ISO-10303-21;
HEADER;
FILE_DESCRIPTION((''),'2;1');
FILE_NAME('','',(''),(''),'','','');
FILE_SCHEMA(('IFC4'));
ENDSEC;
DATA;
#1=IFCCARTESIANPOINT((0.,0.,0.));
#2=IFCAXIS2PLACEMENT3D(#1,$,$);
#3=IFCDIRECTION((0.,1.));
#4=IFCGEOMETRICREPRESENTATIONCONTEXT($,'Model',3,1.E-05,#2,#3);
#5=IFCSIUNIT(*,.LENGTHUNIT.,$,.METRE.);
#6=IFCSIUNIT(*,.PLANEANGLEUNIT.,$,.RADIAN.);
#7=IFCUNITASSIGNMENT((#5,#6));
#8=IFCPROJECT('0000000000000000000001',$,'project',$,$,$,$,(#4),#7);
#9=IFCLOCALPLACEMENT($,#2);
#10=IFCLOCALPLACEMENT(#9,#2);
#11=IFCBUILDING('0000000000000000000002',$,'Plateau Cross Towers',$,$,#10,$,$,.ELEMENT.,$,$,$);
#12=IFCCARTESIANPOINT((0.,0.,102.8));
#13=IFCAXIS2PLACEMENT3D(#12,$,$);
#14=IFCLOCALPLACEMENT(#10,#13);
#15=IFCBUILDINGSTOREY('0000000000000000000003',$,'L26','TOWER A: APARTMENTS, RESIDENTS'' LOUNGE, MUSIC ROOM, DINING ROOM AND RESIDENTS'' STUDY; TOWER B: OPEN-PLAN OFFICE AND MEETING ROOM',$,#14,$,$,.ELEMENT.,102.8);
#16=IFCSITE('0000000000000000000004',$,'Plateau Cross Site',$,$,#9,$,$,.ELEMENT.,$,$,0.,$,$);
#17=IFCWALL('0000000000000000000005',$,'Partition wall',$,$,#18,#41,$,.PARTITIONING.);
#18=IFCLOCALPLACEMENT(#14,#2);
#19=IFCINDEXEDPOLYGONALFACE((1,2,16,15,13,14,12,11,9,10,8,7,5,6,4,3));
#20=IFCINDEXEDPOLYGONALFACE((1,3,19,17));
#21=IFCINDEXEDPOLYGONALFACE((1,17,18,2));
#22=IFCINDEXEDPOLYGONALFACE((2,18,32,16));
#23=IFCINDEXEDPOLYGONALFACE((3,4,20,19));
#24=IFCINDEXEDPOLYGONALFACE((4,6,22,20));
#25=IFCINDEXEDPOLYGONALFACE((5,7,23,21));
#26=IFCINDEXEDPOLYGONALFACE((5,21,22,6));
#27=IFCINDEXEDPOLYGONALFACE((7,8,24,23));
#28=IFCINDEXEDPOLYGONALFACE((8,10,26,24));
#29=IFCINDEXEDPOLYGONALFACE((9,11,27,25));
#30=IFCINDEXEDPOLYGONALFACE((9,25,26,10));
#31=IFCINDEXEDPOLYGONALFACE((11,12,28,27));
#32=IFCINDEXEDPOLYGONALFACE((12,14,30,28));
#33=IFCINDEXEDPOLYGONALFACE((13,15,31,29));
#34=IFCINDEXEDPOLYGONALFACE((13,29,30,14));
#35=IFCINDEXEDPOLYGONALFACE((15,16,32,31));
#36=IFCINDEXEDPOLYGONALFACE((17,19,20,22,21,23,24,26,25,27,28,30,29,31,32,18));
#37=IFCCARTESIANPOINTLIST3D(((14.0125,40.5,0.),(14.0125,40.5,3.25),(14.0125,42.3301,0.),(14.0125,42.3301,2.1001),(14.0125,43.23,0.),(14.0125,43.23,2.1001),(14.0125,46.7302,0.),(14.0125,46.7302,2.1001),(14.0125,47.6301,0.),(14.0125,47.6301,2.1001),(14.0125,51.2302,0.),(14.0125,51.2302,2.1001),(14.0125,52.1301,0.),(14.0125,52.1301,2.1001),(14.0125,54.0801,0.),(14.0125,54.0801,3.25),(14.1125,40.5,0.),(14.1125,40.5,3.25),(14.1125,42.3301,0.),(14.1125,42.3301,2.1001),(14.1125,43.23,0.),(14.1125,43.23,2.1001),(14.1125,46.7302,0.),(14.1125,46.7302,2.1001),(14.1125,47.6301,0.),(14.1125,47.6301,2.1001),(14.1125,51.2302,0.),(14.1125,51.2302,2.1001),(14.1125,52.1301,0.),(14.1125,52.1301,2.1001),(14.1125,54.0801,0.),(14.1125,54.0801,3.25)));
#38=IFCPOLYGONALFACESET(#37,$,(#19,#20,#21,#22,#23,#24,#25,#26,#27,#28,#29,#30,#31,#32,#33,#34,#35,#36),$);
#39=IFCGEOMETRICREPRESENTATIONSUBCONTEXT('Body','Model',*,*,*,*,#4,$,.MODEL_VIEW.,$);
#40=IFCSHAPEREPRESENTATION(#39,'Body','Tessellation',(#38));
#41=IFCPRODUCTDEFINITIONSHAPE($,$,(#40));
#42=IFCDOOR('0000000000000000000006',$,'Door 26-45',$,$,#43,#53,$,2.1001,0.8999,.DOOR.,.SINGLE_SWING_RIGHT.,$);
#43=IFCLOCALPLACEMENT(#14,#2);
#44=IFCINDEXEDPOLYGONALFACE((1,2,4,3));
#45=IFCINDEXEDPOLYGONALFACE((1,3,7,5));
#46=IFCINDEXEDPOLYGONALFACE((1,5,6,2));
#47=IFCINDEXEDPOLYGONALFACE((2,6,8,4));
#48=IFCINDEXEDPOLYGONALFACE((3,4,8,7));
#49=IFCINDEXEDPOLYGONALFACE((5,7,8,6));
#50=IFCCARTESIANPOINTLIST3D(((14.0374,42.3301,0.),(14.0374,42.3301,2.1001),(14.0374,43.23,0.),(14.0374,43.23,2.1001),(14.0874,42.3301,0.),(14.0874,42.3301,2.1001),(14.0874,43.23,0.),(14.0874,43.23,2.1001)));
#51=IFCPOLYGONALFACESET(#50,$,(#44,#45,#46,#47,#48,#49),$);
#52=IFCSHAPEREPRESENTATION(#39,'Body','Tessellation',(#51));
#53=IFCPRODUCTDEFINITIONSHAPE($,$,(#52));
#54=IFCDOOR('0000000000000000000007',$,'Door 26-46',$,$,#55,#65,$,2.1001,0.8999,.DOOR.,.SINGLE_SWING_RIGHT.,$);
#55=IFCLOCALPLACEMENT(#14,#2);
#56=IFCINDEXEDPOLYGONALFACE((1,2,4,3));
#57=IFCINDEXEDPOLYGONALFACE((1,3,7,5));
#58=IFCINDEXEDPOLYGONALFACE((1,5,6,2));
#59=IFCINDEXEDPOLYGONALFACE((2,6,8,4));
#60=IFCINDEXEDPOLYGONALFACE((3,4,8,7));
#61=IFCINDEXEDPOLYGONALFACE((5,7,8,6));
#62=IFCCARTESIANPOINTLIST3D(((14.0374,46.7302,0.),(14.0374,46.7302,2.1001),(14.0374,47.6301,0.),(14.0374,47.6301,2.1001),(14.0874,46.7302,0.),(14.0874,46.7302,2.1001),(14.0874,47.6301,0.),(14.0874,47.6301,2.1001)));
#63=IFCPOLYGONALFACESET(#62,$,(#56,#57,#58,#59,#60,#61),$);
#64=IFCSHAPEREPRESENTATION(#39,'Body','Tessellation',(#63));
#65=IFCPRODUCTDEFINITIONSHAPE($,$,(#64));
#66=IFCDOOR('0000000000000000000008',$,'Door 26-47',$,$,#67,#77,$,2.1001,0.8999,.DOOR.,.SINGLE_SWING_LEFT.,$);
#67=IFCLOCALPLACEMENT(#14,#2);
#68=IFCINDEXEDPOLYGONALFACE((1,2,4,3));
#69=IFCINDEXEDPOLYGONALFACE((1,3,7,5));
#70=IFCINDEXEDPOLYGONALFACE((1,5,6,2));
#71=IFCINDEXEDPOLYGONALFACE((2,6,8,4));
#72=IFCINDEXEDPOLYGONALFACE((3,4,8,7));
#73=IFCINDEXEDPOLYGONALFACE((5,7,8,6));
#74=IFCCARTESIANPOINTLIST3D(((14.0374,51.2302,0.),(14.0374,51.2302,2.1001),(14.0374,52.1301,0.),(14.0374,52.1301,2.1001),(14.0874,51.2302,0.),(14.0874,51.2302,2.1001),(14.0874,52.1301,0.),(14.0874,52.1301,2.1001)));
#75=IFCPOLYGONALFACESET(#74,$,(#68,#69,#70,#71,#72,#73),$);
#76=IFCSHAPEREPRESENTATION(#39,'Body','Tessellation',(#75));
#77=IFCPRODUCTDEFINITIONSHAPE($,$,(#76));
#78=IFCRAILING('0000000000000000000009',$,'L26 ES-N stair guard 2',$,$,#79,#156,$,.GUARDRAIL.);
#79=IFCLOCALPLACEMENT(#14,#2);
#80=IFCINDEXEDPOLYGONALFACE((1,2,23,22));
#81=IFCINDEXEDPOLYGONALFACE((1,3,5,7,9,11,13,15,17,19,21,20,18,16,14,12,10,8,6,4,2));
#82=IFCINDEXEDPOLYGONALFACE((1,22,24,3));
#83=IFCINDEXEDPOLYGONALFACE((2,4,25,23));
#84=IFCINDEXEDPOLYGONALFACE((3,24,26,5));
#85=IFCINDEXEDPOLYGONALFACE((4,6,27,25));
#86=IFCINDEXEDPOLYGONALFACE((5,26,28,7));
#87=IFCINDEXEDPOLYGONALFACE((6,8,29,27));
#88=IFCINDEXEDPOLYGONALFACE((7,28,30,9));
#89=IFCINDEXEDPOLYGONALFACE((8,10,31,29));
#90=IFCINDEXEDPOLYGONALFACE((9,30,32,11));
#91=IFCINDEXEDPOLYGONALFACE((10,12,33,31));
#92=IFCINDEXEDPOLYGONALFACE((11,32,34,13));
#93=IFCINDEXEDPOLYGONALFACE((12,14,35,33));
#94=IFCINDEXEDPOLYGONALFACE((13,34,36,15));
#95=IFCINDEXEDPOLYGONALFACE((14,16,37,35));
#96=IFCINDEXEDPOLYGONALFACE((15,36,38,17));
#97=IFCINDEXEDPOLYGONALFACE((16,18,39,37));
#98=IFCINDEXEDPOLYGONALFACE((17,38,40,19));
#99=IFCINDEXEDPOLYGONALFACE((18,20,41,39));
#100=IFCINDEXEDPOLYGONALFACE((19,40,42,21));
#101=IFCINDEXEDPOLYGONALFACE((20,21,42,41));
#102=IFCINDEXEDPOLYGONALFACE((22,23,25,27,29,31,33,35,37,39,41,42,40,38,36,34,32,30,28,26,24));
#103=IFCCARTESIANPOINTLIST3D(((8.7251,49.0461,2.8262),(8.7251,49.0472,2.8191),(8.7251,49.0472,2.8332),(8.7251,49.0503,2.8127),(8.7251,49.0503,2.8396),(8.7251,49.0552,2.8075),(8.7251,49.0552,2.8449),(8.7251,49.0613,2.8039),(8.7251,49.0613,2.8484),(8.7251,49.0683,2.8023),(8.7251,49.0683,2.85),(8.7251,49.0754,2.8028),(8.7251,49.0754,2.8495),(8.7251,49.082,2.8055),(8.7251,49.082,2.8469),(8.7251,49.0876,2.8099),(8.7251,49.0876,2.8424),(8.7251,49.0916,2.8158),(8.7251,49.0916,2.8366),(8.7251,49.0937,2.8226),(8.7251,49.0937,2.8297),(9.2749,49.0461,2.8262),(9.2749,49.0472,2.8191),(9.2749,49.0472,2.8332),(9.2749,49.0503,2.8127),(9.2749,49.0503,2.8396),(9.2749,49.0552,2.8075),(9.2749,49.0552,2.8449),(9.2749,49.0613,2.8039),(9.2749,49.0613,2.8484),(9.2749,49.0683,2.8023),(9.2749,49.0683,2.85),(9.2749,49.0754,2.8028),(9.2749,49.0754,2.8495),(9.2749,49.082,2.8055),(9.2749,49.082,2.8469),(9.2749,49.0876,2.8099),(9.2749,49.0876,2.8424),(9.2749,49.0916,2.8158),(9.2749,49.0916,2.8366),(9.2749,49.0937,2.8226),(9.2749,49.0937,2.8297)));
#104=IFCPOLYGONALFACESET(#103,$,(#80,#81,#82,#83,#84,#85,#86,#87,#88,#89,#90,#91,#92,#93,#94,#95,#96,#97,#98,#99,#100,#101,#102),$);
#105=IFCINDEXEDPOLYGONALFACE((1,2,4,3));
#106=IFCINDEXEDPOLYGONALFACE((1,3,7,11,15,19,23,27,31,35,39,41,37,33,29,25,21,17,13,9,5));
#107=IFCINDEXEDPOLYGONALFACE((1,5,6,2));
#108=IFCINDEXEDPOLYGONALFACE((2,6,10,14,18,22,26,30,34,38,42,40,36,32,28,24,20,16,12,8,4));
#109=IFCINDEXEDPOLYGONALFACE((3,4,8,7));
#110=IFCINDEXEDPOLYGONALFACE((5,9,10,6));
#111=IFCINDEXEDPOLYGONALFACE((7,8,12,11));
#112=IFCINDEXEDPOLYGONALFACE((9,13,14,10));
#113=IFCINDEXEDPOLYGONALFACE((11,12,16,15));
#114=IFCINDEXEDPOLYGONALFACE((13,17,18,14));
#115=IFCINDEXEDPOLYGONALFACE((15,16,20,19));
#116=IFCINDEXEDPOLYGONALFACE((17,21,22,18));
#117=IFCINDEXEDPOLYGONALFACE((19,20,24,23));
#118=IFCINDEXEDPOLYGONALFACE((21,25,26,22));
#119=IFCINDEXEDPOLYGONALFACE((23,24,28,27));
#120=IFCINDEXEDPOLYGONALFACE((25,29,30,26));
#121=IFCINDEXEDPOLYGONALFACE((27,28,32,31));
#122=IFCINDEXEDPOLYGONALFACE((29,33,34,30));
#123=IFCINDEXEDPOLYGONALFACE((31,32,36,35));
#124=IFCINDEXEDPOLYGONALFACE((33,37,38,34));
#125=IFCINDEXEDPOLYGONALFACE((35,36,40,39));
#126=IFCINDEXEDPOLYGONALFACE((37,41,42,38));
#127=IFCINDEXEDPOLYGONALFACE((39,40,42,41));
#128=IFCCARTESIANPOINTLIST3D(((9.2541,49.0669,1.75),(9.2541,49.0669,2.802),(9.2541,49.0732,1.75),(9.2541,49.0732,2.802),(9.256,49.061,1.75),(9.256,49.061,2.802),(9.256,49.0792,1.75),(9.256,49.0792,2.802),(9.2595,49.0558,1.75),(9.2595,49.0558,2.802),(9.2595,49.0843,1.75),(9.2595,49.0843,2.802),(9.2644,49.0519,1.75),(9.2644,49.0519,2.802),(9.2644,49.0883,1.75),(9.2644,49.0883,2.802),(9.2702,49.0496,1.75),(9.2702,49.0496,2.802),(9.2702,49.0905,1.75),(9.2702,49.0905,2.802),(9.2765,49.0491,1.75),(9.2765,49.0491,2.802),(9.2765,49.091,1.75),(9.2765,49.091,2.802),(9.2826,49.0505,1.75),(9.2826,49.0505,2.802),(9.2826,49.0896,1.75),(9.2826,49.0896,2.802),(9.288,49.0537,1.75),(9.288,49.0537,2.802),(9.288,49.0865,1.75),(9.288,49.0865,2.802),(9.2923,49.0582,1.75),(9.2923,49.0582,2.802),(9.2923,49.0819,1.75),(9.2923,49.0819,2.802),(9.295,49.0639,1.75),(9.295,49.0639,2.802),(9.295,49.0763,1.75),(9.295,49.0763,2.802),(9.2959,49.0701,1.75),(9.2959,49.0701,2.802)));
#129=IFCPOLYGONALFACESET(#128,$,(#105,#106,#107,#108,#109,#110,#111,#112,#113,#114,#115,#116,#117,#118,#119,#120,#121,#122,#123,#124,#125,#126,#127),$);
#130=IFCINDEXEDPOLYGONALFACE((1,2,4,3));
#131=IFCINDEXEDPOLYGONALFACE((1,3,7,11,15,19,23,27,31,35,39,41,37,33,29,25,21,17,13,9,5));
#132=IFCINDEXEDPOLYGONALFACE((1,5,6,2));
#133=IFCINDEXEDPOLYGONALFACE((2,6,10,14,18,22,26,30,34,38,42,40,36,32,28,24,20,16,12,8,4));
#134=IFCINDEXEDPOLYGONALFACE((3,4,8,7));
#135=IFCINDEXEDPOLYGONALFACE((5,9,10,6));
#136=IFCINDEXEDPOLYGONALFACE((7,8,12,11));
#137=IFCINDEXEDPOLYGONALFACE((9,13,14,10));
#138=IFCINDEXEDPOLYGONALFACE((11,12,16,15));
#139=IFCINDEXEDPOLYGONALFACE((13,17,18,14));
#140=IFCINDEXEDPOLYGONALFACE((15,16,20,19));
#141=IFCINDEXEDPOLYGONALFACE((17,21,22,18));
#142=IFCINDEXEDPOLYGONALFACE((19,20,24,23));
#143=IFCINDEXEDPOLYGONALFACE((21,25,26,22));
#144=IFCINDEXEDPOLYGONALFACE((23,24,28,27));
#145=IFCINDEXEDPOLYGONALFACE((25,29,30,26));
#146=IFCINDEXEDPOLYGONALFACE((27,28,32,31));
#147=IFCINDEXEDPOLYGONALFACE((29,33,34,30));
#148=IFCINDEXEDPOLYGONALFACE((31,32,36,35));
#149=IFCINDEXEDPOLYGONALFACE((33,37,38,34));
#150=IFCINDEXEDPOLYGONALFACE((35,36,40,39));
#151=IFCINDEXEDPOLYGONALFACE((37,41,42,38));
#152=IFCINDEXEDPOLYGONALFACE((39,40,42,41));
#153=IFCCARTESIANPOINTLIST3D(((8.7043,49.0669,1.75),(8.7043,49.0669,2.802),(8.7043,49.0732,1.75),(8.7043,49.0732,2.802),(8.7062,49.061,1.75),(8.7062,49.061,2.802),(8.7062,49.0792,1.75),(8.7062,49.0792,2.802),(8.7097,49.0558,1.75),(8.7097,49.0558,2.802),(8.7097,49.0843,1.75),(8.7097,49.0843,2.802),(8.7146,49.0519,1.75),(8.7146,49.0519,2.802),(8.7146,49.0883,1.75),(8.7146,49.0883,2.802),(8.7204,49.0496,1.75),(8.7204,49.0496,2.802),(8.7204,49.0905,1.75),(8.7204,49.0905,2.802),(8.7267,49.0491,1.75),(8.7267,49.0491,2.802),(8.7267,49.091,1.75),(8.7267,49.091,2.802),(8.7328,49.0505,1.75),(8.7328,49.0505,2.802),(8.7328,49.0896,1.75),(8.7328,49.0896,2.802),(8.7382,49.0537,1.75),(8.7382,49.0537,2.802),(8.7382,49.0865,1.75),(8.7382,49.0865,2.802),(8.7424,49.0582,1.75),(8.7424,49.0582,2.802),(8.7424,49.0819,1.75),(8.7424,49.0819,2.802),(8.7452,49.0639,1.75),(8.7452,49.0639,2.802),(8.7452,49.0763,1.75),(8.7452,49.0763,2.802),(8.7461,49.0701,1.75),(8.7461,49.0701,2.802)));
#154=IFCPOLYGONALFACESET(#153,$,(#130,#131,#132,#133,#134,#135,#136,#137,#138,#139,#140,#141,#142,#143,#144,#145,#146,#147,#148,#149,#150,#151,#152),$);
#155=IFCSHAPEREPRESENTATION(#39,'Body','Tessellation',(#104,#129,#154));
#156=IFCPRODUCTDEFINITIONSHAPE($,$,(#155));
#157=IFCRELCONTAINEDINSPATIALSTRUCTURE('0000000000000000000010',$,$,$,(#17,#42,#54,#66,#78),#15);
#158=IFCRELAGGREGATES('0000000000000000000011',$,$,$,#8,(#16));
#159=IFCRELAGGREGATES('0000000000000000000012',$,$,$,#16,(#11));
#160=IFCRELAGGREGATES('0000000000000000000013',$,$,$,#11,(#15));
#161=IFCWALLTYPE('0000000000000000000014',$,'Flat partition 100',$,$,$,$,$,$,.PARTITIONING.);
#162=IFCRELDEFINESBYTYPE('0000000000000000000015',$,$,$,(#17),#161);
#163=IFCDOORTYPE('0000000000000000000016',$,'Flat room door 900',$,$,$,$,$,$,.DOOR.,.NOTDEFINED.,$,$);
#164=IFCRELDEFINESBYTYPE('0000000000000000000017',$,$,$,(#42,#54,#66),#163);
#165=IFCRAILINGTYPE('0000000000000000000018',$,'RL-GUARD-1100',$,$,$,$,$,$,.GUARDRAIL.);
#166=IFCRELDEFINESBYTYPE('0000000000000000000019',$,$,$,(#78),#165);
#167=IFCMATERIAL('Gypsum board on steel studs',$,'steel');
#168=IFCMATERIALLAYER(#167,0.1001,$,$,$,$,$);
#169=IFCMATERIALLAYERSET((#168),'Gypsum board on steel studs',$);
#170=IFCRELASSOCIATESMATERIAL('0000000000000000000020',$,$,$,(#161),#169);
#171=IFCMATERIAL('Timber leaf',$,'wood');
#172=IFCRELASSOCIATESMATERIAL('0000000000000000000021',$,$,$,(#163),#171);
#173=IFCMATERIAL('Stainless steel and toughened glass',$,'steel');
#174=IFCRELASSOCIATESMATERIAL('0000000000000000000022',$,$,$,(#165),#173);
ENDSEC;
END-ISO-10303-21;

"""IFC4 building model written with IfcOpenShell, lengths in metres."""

from ifc_helpers import new_model, si_unit, direction, frame, frame_2d, origin, origin_2d, place, context, subcontext, project, spatial, rectangle, circle, extrude, material, layer, layer_set, type_object, element, fill, save


model = new_model("IFC4")

# Units and contexts
model_context = context("Model", 3, precision=1e-05, world=origin(), true_north=direction((0.0, 1.0)))
body_context = subcontext(model_context, "Body", "Model", "MODEL_VIEW")
ifc_project = project(units=[si_unit("LENGTHUNIT", "METRE"), si_unit("PLANEANGLEUNIT", "RADIAN")], contexts=[model_context])

# Site, building, storey
site_placement = place(None, origin())
site = spatial("IfcSite", under=ifc_project, at=site_placement, Name="Plateau Cross Site", CompositionType="ELEMENT", RefElevation=0.0)
building_placement = place(site_placement, origin())
building = spatial("IfcBuilding", under=site, at=building_placement, Name="Plateau Cross Towers", CompositionType="ELEMENT")
storey_placement = place(building_placement, frame((0.0, 0.0, 102.8)))
storey = spatial("IfcBuildingStorey", under=building, at=storey_placement, Name="L26", Description="TOWER A: APARTMENTS, RESIDENTS' LOUNGE, MUSIC ROOM, DINING ROOM AND RESIDENTS' STUDY; TOWER B: OPEN-PLAN OFFICE AND MEETING ROOM", CompositionType="ELEMENT", Elevation=102.8)

# Shared definitions
ifc_material_1 = material(Name="Gypsum board on steel studs", Category="steel")
ifc_layer_1 = layer(ifc_material_1, 0.1001)
ifc_layer_set_1 = layer_set([ifc_layer_1], Name="Gypsum board on steel studs")
wall_type = type_object("IfcWallType", Name="Flat partition 100", PredefinedType="PARTITIONING", material=ifc_layer_set_1)

# Wall, openings, doors
wall_1_placement = place(storey_placement, frame((14.0625, 54.0801, 0.0), z_axis=(0.0, 0.0, 1.0), x_axis=(0.0, -1.0, 0.0)))
wall_1 = element("IfcWall", 1, at=wall_1_placement, inside=storey, type_object=wall_type, Name="Partition wall", PredefinedType="PARTITIONING", context=body_context, shape_type="SweptSolid", body=[
    extrude(rectangle(XDim=13.5801, YDim=0.1001, at=frame_2d((6.79, 0.0))), origin(), (0.0, 0.0, 1.0), 3.25),
])
opening_1_placement = place(wall_1_placement, frame((10.8501, 0.0, 0.0)))
opening_1 = element("IfcOpeningElement", 2, at=opening_1_placement, cuts=wall_1, PredefinedType="OPENING", context=body_context, shape_type="SweptSolid", body=[
    extrude(rectangle(XDim=0.8999, YDim=2.1001, at=frame_2d((0.45, 1.05))), frame((0.0, 0.0601, 0.0), z_axis=(0.0, -1.0, 0.0), x_axis=(1.0, 0.0, 0.0)), (0.0, 0.0, 1.0), 0.1201),
])
opening_2_placement = place(wall_1_placement, frame((6.45, 0.0, 0.0)))
opening_2 = element("IfcOpeningElement", 3, at=opening_2_placement, cuts=wall_1, PredefinedType="OPENING", context=body_context, shape_type="SweptSolid", body=[
    extrude(rectangle(XDim=0.8999, YDim=2.1001, at=frame_2d((0.45, 1.05))), frame((0.0, 0.0601, 0.0), z_axis=(0.0, -1.0, 0.0), x_axis=(1.0, 0.0, 0.0)), (0.0, 0.0, 1.0), 0.1201),
])
opening_3_placement = place(wall_1_placement, frame((1.95, 0.0, 0.0)))
opening_3 = element("IfcOpeningElement", 4, at=opening_3_placement, cuts=wall_1, PredefinedType="OPENING", context=body_context, shape_type="SweptSolid", body=[
    extrude(rectangle(XDim=0.8999, YDim=2.1001, at=frame_2d((0.45, 1.05))), frame((0.0, 0.0601, 0.0), z_axis=(0.0, -1.0, 0.0), x_axis=(1.0, 0.0, 0.0)), (0.0, 0.0, 1.0), 0.1201),
])
ifc_material_2 = material(Name="Timber leaf", Category="wood")
door_type = type_object("IfcDoorType", Name="Flat room door 900", OperationType="NOTDEFINED", PredefinedType="DOOR", material=ifc_material_2)
door_1_placement = place(opening_1_placement, origin())
door_1 = element("IfcDoor", 5, at=door_1_placement, inside=storey, type_object=door_type, Name="Door 26-45", OperationType="SINGLE_SWING_RIGHT", OverallHeight=2.1001, OverallWidth=0.8999, PredefinedType="DOOR", context=body_context, shape_type="SweptSolid", body=[
    extrude(rectangle(XDim=0.8999, YDim=2.1001, at=frame_2d((0.45, 1.05))), frame((0.0, 0.0249, 0.0), z_axis=(0.0, -1.0, 0.0), x_axis=(1.0, 0.0, 0.0)), (0.0, 0.0, 1.0), 0.05),
])
fill(opening_1, door_1)
door_2_placement = place(opening_2_placement, origin())
door_2 = element("IfcDoor", 6, at=door_2_placement, inside=storey, type_object=door_type, Name="Door 26-46", OperationType="SINGLE_SWING_RIGHT", OverallHeight=2.1001, OverallWidth=0.8999, PredefinedType="DOOR", context=body_context, shape_type="SweptSolid", body=[
    extrude(rectangle(XDim=0.8999, YDim=2.1001, at=frame_2d((0.45, 1.05))), frame((0.0, 0.0249, 0.0), z_axis=(0.0, -1.0, 0.0), x_axis=(1.0, 0.0, 0.0)), (0.0, 0.0, 1.0), 0.05),
])
fill(opening_2, door_2)
door_3_placement = place(opening_3_placement, origin())
door_3 = element("IfcDoor", 7, at=door_3_placement, inside=storey, type_object=door_type, Name="Door 26-47", OperationType="SINGLE_SWING_LEFT", OverallHeight=2.1001, OverallWidth=0.8999, PredefinedType="DOOR", context=body_context, shape_type="SweptSolid", body=[
    extrude(rectangle(XDim=0.8999, YDim=2.1001, at=frame_2d((0.45, 1.05))), frame((0.0, 0.0249, 0.0), z_axis=(0.0, -1.0, 0.0), x_axis=(1.0, 0.0, 0.0)), (0.0, 0.0, 1.0), 0.05),
])
fill(opening_3, door_3)

# Railing
ifc_material_3 = material(Name="Stainless steel and toughened glass", Category="steel")
railing_type = type_object("IfcRailingType", Name="RL-GUARD-1100", PredefinedType="GUARDRAIL", material=ifc_material_3)
railing_placement = place(storey_placement, frame((9.2749, 49.0701, 1.75)))
element("IfcRailing", 8, at=railing_placement, inside=storey, type_object=railing_type, Name="L26 ES-N stair guard 2", PredefinedType="GUARDRAIL", context=body_context, shape_type="SweptSolid", body=[
    extrude(circle(Radius=0.0239, at=origin_2d()), frame((0.0, 0.0, 1.0762), z_axis=(-1.0, 0.0, 0.0), x_axis=(0.0, -1.0, 0.0)), (0.0, 0.0, 1.0), 0.5498),
    extrude(circle(Radius=0.021, at=origin_2d()), origin(), (0.0, 0.0, 1.0), 1.052),
    extrude(circle(Radius=0.021, at=origin_2d()), frame((-0.5498, 0.0, 0.0)), (0.0, 0.0, 1.0), 1.052),
])

save(model, "model.ifc")
